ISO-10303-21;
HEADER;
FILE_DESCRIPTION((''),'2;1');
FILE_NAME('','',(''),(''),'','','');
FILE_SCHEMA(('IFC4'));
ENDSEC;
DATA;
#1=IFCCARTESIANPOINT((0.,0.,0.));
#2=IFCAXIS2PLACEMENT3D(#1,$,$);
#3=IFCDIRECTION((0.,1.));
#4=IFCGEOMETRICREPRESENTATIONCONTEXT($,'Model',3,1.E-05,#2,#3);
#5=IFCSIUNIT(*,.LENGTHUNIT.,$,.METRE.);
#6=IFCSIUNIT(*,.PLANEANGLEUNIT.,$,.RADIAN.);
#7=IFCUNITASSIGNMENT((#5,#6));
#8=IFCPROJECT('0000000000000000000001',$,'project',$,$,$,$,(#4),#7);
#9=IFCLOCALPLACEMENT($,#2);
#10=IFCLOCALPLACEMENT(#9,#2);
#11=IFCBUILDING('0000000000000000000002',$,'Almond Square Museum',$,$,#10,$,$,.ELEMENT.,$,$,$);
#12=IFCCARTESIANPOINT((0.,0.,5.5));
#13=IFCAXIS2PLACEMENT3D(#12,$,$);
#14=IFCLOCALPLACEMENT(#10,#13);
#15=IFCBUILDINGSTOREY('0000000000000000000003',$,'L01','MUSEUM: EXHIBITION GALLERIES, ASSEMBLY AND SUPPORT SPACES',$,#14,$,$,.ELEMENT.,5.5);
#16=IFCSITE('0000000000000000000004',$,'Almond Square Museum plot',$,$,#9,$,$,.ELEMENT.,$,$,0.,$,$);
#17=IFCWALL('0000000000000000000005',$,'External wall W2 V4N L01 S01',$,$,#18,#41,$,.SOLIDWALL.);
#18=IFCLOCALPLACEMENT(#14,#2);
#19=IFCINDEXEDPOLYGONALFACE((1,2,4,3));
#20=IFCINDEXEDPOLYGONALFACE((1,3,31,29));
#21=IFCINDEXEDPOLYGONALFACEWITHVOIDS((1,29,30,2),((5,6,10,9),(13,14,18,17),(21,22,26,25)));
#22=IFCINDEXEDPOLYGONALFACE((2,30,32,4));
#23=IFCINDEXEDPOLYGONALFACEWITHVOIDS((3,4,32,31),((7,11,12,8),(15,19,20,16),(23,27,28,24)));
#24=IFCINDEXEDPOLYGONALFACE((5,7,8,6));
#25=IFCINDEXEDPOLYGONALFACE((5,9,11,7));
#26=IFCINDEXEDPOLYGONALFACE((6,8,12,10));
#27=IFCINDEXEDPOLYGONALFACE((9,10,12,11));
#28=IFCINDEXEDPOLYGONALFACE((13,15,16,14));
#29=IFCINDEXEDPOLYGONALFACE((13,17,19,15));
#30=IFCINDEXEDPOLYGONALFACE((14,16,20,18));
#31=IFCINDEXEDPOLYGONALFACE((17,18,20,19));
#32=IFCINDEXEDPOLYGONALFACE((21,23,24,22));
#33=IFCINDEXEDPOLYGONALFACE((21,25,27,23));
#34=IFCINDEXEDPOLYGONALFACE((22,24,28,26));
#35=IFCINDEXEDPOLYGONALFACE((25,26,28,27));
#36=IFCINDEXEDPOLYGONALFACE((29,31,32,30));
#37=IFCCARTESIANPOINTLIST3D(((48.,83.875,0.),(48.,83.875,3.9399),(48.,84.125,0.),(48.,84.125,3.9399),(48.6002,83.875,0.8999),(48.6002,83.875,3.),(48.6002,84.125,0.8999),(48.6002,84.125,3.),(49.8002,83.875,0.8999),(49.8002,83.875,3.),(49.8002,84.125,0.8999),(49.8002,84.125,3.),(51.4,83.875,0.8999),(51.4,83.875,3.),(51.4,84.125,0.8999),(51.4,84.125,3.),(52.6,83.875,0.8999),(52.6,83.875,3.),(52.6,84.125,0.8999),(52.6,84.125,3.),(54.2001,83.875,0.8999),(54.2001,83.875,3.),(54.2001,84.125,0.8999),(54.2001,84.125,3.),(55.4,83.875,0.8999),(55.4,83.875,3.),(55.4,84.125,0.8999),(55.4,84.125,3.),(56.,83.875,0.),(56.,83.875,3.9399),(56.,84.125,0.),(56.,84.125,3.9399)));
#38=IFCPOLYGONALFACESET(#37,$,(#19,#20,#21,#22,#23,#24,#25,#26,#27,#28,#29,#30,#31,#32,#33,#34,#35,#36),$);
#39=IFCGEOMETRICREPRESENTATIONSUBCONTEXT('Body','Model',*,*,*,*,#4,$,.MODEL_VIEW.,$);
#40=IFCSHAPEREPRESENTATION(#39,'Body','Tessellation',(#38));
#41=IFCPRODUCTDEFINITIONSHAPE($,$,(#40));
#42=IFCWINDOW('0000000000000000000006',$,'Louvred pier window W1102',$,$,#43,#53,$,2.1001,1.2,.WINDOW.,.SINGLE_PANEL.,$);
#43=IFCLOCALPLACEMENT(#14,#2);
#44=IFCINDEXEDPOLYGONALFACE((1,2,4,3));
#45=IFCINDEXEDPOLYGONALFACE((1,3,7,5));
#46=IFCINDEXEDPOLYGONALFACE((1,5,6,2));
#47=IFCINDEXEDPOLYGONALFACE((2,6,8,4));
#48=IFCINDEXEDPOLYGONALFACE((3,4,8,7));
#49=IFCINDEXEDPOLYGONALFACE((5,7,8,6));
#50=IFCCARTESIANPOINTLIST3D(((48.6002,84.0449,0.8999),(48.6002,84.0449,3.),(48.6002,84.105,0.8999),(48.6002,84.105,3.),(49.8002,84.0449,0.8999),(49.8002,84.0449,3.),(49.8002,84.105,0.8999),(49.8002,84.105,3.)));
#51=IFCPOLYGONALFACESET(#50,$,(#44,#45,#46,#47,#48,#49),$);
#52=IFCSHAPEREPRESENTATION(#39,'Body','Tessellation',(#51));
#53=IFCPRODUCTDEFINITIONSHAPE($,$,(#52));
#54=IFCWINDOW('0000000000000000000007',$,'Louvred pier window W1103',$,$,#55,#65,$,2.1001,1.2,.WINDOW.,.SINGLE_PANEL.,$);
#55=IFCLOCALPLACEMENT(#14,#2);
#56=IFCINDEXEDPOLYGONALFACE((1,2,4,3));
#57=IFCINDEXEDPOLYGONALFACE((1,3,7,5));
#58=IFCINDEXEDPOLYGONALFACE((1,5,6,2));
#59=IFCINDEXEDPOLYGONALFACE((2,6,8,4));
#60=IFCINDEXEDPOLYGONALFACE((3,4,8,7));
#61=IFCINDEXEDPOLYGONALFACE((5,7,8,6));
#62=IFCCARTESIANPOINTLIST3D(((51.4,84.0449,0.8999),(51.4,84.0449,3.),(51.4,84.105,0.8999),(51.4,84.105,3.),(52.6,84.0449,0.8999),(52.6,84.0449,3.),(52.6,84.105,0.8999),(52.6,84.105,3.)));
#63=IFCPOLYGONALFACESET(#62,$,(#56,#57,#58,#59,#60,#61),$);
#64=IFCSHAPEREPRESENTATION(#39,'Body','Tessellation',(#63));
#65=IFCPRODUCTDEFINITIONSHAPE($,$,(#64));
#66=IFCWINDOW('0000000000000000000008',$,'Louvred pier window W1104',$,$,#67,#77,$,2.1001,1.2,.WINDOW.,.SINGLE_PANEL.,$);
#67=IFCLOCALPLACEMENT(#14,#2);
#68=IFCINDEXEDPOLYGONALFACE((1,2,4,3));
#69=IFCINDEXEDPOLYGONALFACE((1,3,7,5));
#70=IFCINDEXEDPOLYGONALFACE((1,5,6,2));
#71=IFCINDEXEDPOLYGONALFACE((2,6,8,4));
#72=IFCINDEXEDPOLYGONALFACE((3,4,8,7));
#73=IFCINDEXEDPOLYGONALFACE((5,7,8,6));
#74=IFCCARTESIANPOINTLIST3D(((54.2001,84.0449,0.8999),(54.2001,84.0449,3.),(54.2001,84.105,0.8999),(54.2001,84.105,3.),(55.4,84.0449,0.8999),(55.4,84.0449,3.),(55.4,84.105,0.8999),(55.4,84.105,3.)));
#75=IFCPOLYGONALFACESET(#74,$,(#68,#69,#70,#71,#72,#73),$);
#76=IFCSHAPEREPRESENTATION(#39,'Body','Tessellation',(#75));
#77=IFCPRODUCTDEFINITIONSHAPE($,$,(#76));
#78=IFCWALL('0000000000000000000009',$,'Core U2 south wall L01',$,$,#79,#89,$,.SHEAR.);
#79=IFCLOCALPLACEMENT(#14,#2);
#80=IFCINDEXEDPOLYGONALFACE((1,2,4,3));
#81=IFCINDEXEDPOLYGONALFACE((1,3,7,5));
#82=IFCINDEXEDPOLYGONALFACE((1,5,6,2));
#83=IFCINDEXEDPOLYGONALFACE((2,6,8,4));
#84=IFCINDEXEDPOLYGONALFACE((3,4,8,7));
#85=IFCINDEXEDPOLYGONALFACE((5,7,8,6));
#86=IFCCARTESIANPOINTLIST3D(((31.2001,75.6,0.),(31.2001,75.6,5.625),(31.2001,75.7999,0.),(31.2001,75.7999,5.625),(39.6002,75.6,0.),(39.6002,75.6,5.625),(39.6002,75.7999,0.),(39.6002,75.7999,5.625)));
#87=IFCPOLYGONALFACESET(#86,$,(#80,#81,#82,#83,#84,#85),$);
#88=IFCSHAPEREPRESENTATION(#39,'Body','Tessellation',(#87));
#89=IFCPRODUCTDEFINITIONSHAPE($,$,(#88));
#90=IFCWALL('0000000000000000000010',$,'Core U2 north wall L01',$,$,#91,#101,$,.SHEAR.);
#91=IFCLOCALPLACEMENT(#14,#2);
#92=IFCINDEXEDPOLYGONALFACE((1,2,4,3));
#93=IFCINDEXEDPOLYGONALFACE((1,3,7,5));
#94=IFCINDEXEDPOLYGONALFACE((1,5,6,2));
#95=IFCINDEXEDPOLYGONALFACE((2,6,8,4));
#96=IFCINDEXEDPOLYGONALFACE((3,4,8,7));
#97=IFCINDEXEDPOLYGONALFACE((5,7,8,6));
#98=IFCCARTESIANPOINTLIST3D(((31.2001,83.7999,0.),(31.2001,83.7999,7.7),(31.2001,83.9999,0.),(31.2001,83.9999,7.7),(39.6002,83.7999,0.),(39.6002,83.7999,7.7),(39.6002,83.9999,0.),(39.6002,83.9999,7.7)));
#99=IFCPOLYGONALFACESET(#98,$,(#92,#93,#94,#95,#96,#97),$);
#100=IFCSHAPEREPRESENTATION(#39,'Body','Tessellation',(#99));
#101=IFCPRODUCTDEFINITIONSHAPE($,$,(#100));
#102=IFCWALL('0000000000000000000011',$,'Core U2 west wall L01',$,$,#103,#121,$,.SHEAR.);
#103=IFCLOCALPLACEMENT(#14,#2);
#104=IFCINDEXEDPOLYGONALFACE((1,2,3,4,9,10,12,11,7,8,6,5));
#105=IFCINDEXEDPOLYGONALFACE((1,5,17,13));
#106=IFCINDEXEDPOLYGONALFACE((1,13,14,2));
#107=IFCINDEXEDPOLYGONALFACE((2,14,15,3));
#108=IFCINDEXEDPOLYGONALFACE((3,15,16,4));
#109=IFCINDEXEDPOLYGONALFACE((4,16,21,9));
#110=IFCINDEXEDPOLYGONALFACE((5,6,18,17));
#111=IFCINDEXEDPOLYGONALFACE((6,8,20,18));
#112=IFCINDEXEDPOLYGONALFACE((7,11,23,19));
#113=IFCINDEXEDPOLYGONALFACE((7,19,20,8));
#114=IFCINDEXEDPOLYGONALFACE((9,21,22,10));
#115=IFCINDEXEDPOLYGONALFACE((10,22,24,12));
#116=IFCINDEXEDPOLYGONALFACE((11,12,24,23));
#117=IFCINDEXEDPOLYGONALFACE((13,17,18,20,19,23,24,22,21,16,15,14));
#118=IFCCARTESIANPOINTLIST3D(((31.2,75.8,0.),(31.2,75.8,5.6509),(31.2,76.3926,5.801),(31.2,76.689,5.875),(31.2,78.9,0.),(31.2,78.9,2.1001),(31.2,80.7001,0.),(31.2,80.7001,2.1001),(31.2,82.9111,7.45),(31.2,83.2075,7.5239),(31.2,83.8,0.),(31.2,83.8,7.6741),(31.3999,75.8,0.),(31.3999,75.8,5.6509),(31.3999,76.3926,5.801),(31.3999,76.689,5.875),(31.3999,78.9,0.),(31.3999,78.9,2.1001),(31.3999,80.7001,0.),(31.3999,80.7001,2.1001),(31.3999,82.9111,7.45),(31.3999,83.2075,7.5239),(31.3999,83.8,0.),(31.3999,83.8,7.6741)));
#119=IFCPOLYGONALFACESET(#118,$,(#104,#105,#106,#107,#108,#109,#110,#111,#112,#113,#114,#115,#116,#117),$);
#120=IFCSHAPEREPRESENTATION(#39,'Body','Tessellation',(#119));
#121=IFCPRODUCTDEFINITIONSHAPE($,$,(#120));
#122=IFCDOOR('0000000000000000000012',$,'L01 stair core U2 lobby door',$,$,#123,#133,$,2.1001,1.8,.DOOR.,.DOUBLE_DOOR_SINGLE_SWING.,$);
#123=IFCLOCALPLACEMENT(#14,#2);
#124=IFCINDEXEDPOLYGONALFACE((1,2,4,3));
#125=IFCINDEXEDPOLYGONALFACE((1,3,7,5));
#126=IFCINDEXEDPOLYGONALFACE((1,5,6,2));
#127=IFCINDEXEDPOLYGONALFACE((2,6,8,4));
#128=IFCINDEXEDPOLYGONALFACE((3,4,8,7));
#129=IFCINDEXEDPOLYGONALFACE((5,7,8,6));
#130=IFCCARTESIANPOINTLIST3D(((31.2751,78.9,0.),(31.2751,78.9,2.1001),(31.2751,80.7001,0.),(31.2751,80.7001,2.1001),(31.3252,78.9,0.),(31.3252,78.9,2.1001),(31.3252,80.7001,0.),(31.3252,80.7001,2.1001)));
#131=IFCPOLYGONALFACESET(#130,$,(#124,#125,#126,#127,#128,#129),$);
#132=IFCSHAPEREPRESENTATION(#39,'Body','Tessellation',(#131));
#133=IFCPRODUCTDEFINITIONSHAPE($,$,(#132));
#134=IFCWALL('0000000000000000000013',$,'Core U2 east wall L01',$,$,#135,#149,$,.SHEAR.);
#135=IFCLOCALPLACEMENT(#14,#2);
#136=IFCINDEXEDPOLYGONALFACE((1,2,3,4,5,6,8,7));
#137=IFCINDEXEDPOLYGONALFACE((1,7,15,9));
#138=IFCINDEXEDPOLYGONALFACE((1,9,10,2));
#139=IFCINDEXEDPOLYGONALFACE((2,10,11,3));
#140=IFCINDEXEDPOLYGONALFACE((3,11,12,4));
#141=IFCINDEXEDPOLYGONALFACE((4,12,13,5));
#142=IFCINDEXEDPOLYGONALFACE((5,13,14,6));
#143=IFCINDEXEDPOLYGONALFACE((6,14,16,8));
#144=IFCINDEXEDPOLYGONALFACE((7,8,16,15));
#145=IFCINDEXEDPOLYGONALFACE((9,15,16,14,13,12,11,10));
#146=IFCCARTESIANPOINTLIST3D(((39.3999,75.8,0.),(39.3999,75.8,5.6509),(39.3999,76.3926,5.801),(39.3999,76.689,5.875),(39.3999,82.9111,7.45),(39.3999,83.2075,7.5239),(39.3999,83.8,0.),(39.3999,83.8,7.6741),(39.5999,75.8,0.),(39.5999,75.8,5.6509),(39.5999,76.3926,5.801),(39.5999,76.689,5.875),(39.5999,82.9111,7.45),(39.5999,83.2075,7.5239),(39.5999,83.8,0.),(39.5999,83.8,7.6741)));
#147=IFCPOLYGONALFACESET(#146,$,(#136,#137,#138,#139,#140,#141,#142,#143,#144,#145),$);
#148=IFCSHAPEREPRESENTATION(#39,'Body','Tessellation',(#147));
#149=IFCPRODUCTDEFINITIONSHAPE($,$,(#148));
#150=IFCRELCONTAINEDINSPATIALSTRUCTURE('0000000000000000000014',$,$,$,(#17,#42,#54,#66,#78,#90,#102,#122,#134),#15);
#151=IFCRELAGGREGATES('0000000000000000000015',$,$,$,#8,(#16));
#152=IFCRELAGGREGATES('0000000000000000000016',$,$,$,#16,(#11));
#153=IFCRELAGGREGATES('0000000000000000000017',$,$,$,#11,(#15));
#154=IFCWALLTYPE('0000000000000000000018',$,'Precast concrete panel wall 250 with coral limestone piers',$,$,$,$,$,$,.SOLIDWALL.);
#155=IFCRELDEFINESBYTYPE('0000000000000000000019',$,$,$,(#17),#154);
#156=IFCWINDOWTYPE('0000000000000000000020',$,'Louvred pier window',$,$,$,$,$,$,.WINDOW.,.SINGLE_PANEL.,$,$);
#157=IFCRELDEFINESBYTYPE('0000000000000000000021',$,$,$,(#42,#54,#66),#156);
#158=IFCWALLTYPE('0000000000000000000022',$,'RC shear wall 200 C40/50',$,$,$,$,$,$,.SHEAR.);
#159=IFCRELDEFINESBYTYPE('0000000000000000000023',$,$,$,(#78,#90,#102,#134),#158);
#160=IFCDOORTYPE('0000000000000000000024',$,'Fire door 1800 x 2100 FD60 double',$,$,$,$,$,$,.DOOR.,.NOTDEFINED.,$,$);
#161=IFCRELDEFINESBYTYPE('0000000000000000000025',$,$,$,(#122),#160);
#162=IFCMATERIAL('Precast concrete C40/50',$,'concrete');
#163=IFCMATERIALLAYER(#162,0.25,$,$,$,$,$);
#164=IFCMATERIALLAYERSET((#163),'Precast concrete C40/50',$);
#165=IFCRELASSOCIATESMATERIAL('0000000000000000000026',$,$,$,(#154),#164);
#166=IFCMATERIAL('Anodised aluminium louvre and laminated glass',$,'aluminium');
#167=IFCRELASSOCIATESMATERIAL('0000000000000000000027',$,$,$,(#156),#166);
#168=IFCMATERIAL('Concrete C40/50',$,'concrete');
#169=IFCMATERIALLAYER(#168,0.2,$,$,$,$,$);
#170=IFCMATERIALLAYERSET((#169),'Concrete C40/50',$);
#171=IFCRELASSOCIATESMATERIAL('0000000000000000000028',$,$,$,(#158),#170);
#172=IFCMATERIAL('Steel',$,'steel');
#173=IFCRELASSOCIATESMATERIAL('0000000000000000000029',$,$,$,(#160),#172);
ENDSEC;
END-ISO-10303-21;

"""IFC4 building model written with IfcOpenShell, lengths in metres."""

from ifc_helpers import new_model, si_unit, direction, frame, frame_2d, origin, place, context, subcontext, project, spatial, polyline, rectangle, outline, extrude, material, layer, layer_set, type_object, element, fill, save


model = new_model("IFC4")

# Units and contexts
model_context = context("Model", 3, precision=1e-05, world=origin(), true_north=direction((0.0, 1.0)))
body_context = subcontext(model_context, "Body", "Model", "MODEL_VIEW")
ifc_project = project(units=[si_unit("LENGTHUNIT", "METRE"), si_unit("PLANEANGLEUNIT", "RADIAN")], contexts=[model_context])

# Site, building, storey
site_placement = place(None, origin())
site = spatial("IfcSite", under=ifc_project, at=site_placement, Name="Almond Square Museum plot", CompositionType="ELEMENT", RefElevation=0.0)
building_placement = place(site_placement, origin())
building = spatial("IfcBuilding", under=site, at=building_placement, Name="Almond Square Museum", CompositionType="ELEMENT")
storey_placement = place(building_placement, frame((0.0, 0.0, 5.5)))
storey = spatial("IfcBuildingStorey", under=building, at=storey_placement, Name="L01", Description="MUSEUM: EXHIBITION GALLERIES, ASSEMBLY AND SUPPORT SPACES", CompositionType="ELEMENT", Elevation=5.5)

# Wall, openings, windows
ifc_material_1 = material(Name="Precast concrete C40/50", Category="concrete")
ifc_layer_1 = layer(ifc_material_1, 0.25)
ifc_layer_set_1 = layer_set([ifc_layer_1], Name="Precast concrete C40/50")
wall_type_1 = type_object("IfcWallType", Name="Precast concrete panel wall 250 with coral limestone piers", PredefinedType="SOLIDWALL", material=ifc_layer_set_1)
wall_1_placement = place(storey_placement, frame((48.0, 84.0, 0.0), z_axis=(0.0, 0.0, 1.0), x_axis=(1.0, 0.0, 0.0)))
wall_1 = element("IfcWall", 1, at=wall_1_placement, inside=storey, type_object=wall_type_1, Name="External wall W2 V4N L01 S01", PredefinedType="SOLIDWALL", context=body_context, shape_type="SweptSolid", body=[
    extrude(rectangle(XDim=8.0, YDim=0.25, at=frame_2d((4.0, 0.0))), origin(), (0.0, 0.0, 1.0), 3.9399),
])
opening_1_placement = place(wall_1_placement, frame((0.6001, 0.0, 0.8999)))
opening_1 = element("IfcOpeningElement", 2, at=opening_1_placement, cuts=wall_1, PredefinedType="OPENING", context=body_context, shape_type="SweptSolid", body=[
    extrude(rectangle(XDim=1.2, YDim=2.1001, at=frame_2d((0.6001, 1.05))), frame((0.0, 0.135, 0.0), z_axis=(0.0, -1.0, 0.0), x_axis=(1.0, 0.0, 0.0)), (0.0, 0.0, 1.0), 0.27),
])
opening_2_placement = place(wall_1_placement, frame((3.3999, 0.0, 0.8999)))
opening_2 = element("IfcOpeningElement", 3, at=opening_2_placement, cuts=wall_1, PredefinedType="OPENING", context=body_context, shape_type="SweptSolid", body=[
    extrude(rectangle(XDim=1.2, YDim=2.1001, at=frame_2d((0.6001, 1.05))), frame((0.0, 0.135, 0.0), z_axis=(0.0, -1.0, 0.0), x_axis=(1.0, 0.0, 0.0)), (0.0, 0.0, 1.0), 0.27),
])
opening_3_placement = place(wall_1_placement, frame((6.2, 0.0, 0.8999)))
opening_3 = element("IfcOpeningElement", 4, at=opening_3_placement, cuts=wall_1, PredefinedType="OPENING", context=body_context, shape_type="SweptSolid", body=[
    extrude(rectangle(XDim=1.2, YDim=2.1001, at=frame_2d((0.6001, 1.05))), frame((0.0, 0.135, 0.0), z_axis=(0.0, -1.0, 0.0), x_axis=(1.0, 0.0, 0.0)), (0.0, 0.0, 1.0), 0.27),
])
ifc_material_2 = material(Name="Anodised aluminium louvre and laminated glass", Category="aluminium")
window_type = type_object("IfcWindowType", Name="Louvred pier window", PartitioningType="SINGLE_PANEL", PredefinedType="WINDOW", material=ifc_material_2)
window_1_placement = place(opening_1_placement, origin())
window_1 = element("IfcWindow", 5, at=window_1_placement, inside=storey, type_object=window_type, Name="Louvred pier window W1102", OverallHeight=2.1001, OverallWidth=1.2, PartitioningType="SINGLE_PANEL", PredefinedType="WINDOW", context=body_context, shape_type="SweptSolid", body=[
    extrude(rectangle(XDim=1.2, YDim=2.1001, at=frame_2d((0.6001, 1.05))), frame((0.0, 0.105, 0.0), z_axis=(0.0, -1.0, 0.0), x_axis=(1.0, 0.0, 0.0)), (0.0, 0.0, 1.0), 0.0601),
])
fill(opening_1, window_1)
window_2_placement = place(opening_2_placement, origin())
window_2 = element("IfcWindow", 6, at=window_2_placement, inside=storey, type_object=window_type, Name="Louvred pier window W1103", OverallHeight=2.1001, OverallWidth=1.2, PartitioningType="SINGLE_PANEL", PredefinedType="WINDOW", context=body_context, shape_type="SweptSolid", body=[
    extrude(rectangle(XDim=1.2, YDim=2.1001, at=frame_2d((0.6001, 1.05))), frame((0.0, 0.105, 0.0), z_axis=(0.0, -1.0, 0.0), x_axis=(1.0, 0.0, 0.0)), (0.0, 0.0, 1.0), 0.0601),
])
fill(opening_2, window_2)
window_3_placement = place(opening_3_placement, origin())
window_3 = element("IfcWindow", 7, at=window_3_placement, inside=storey, type_object=window_type, Name="Louvred pier window W1104", OverallHeight=2.1001, OverallWidth=1.2, PartitioningType="SINGLE_PANEL", PredefinedType="WINDOW", context=body_context, shape_type="SweptSolid", body=[
    extrude(rectangle(XDim=1.2, YDim=2.1001, at=frame_2d((0.6001, 1.05))), frame((0.0, 0.105, 0.0), z_axis=(0.0, -1.0, 0.0), x_axis=(1.0, 0.0, 0.0)), (0.0, 0.0, 1.0), 0.0601),
])
fill(opening_3, window_3)

# Walls
ifc_material_3 = material(Name="Concrete C40/50", Category="concrete")
ifc_layer_2 = layer(ifc_material_3, 0.2)
ifc_layer_set_2 = layer_set([ifc_layer_2], Name="Concrete C40/50")
wall_type_2 = type_object("IfcWallType", Name="RC shear wall 200 C40/50", PredefinedType="SHEAR", material=ifc_layer_set_2)
wall_2_placement = place(storey_placement, frame((31.2, 75.7, 0.0), z_axis=(0.0, 0.0, 1.0), x_axis=(1.0, 0.0, 0.0)))
element("IfcWall", 8, at=wall_2_placement, inside=storey, type_object=wall_type_2, Name="Core U2 south wall L01", PredefinedType="SHEAR", context=body_context, shape_type="SweptSolid", body=[
    extrude(rectangle(XDim=8.4001, YDim=0.2, at=frame_2d((4.2002, 0.0))), origin(), (0.0, 0.0, 1.0), 5.625),
])
wall_3_placement = place(storey_placement, frame((31.2, 83.8999, 0.0), z_axis=(0.0, 0.0, 1.0), x_axis=(1.0, 0.0, 0.0)))
element("IfcWall", 9, at=wall_3_placement, inside=storey, type_object=wall_type_2, Name="Core U2 north wall L01", PredefinedType="SHEAR", context=body_context, shape_type="SweptSolid", body=[
    extrude(rectangle(XDim=8.4001, YDim=0.2, at=frame_2d((4.2002, 0.0))), origin(), (0.0, 0.0, 1.0), 7.7),
])

# Wall, opening, door
wall_4_placement = place(storey_placement, frame((31.3, 75.8, 0.0), z_axis=(0.0, 0.0, 1.0), x_axis=(0.0, 1.0, 0.0)))
wall_4 = element("IfcWall", 10, at=wall_4_placement, inside=storey, type_object=wall_type_2, Name="Core U2 west wall L01", PredefinedType="SHEAR", context=body_context, shape_type="SweptSolid", body=[
    extrude(outline(polyline([(0.0, 0.0), (8.0, 0.0), (8.0, 7.6741), (7.4075, 7.5239), (7.1111, 7.45), (0.8889, 5.875), (0.5925, 5.801), (0.0, 5.6509), (0.0, 0.0)])), frame((0.0, 0.1001, 0.0), z_axis=(0.0, -1.0, 0.0), x_axis=(1.0, 0.0, 0.0)), (0.0, 0.0, 1.0), 0.2),
])
opening_4_placement = place(wall_4_placement, frame((3.1001, 0.0, 0.0)))
opening_4 = element("IfcOpeningElement", 11, at=opening_4_placement, cuts=wall_4, PredefinedType="OPENING", context=body_context, shape_type="SweptSolid", body=[
    extrude(rectangle(XDim=1.8, YDim=2.1001, at=frame_2d((0.8999, 1.05))), frame((0.0, 0.1099, 0.0), z_axis=(0.0, -1.0, 0.0), x_axis=(1.0, 0.0, 0.0)), (0.0, 0.0, 1.0), 0.22),
])
ifc_material_4 = material(Name="Steel", Category="steel")
door_type_1 = type_object("IfcDoorType", Name="Fire door 1800 x 2100 FD60 double", OperationType="NOTDEFINED", PredefinedType="DOOR", material=ifc_material_4)
door_1_placement = place(opening_4_placement, origin())
door_1 = element("IfcDoor", 12, at=door_1_placement, inside=storey, type_object=door_type_1, Name="L01 stair core U2 lobby door", OperationType="DOUBLE_DOOR_SINGLE_SWING", OverallHeight=2.1001, OverallWidth=1.8, PredefinedType="DOOR", context=body_context, shape_type="SweptSolid", body=[
    extrude(rectangle(XDim=1.8, YDim=2.1001, at=frame_2d((0.8999, 1.05))), frame((0.0, 0.0249, 0.0), z_axis=(0.0, -1.0, 0.0), x_axis=(1.0, 0.0, 0.0)), (0.0, 0.0, 1.0), 0.05),
])
fill(opening_4, door_1)

# Wall
wall_5_placement = place(storey_placement, frame((39.5, 75.8, 0.0), z_axis=(0.0, 0.0, 1.0), x_axis=(0.0, 1.0, 0.0)))
element("IfcWall", 13, at=wall_5_placement, inside=storey, type_object=wall_type_2, Name="Core U2 east wall L01", PredefinedType="SHEAR", context=body_context, shape_type="SweptSolid", body=[
    extrude(outline(polyline([(0.0, 0.0), (8.0, 0.0), (8.0, 7.6741), (7.4075, 7.5239), (7.1111, 7.45), (0.8889, 5.875), (0.5925, 5.801), (0.0, 5.6509), (0.0, 0.0)])), frame((0.0, 0.1001, 0.0), z_axis=(0.0, -1.0, 0.0), x_axis=(1.0, 0.0, 0.0)), (0.0, 0.0, 1.0), 0.2),
])

save(model, "model.ifc")
